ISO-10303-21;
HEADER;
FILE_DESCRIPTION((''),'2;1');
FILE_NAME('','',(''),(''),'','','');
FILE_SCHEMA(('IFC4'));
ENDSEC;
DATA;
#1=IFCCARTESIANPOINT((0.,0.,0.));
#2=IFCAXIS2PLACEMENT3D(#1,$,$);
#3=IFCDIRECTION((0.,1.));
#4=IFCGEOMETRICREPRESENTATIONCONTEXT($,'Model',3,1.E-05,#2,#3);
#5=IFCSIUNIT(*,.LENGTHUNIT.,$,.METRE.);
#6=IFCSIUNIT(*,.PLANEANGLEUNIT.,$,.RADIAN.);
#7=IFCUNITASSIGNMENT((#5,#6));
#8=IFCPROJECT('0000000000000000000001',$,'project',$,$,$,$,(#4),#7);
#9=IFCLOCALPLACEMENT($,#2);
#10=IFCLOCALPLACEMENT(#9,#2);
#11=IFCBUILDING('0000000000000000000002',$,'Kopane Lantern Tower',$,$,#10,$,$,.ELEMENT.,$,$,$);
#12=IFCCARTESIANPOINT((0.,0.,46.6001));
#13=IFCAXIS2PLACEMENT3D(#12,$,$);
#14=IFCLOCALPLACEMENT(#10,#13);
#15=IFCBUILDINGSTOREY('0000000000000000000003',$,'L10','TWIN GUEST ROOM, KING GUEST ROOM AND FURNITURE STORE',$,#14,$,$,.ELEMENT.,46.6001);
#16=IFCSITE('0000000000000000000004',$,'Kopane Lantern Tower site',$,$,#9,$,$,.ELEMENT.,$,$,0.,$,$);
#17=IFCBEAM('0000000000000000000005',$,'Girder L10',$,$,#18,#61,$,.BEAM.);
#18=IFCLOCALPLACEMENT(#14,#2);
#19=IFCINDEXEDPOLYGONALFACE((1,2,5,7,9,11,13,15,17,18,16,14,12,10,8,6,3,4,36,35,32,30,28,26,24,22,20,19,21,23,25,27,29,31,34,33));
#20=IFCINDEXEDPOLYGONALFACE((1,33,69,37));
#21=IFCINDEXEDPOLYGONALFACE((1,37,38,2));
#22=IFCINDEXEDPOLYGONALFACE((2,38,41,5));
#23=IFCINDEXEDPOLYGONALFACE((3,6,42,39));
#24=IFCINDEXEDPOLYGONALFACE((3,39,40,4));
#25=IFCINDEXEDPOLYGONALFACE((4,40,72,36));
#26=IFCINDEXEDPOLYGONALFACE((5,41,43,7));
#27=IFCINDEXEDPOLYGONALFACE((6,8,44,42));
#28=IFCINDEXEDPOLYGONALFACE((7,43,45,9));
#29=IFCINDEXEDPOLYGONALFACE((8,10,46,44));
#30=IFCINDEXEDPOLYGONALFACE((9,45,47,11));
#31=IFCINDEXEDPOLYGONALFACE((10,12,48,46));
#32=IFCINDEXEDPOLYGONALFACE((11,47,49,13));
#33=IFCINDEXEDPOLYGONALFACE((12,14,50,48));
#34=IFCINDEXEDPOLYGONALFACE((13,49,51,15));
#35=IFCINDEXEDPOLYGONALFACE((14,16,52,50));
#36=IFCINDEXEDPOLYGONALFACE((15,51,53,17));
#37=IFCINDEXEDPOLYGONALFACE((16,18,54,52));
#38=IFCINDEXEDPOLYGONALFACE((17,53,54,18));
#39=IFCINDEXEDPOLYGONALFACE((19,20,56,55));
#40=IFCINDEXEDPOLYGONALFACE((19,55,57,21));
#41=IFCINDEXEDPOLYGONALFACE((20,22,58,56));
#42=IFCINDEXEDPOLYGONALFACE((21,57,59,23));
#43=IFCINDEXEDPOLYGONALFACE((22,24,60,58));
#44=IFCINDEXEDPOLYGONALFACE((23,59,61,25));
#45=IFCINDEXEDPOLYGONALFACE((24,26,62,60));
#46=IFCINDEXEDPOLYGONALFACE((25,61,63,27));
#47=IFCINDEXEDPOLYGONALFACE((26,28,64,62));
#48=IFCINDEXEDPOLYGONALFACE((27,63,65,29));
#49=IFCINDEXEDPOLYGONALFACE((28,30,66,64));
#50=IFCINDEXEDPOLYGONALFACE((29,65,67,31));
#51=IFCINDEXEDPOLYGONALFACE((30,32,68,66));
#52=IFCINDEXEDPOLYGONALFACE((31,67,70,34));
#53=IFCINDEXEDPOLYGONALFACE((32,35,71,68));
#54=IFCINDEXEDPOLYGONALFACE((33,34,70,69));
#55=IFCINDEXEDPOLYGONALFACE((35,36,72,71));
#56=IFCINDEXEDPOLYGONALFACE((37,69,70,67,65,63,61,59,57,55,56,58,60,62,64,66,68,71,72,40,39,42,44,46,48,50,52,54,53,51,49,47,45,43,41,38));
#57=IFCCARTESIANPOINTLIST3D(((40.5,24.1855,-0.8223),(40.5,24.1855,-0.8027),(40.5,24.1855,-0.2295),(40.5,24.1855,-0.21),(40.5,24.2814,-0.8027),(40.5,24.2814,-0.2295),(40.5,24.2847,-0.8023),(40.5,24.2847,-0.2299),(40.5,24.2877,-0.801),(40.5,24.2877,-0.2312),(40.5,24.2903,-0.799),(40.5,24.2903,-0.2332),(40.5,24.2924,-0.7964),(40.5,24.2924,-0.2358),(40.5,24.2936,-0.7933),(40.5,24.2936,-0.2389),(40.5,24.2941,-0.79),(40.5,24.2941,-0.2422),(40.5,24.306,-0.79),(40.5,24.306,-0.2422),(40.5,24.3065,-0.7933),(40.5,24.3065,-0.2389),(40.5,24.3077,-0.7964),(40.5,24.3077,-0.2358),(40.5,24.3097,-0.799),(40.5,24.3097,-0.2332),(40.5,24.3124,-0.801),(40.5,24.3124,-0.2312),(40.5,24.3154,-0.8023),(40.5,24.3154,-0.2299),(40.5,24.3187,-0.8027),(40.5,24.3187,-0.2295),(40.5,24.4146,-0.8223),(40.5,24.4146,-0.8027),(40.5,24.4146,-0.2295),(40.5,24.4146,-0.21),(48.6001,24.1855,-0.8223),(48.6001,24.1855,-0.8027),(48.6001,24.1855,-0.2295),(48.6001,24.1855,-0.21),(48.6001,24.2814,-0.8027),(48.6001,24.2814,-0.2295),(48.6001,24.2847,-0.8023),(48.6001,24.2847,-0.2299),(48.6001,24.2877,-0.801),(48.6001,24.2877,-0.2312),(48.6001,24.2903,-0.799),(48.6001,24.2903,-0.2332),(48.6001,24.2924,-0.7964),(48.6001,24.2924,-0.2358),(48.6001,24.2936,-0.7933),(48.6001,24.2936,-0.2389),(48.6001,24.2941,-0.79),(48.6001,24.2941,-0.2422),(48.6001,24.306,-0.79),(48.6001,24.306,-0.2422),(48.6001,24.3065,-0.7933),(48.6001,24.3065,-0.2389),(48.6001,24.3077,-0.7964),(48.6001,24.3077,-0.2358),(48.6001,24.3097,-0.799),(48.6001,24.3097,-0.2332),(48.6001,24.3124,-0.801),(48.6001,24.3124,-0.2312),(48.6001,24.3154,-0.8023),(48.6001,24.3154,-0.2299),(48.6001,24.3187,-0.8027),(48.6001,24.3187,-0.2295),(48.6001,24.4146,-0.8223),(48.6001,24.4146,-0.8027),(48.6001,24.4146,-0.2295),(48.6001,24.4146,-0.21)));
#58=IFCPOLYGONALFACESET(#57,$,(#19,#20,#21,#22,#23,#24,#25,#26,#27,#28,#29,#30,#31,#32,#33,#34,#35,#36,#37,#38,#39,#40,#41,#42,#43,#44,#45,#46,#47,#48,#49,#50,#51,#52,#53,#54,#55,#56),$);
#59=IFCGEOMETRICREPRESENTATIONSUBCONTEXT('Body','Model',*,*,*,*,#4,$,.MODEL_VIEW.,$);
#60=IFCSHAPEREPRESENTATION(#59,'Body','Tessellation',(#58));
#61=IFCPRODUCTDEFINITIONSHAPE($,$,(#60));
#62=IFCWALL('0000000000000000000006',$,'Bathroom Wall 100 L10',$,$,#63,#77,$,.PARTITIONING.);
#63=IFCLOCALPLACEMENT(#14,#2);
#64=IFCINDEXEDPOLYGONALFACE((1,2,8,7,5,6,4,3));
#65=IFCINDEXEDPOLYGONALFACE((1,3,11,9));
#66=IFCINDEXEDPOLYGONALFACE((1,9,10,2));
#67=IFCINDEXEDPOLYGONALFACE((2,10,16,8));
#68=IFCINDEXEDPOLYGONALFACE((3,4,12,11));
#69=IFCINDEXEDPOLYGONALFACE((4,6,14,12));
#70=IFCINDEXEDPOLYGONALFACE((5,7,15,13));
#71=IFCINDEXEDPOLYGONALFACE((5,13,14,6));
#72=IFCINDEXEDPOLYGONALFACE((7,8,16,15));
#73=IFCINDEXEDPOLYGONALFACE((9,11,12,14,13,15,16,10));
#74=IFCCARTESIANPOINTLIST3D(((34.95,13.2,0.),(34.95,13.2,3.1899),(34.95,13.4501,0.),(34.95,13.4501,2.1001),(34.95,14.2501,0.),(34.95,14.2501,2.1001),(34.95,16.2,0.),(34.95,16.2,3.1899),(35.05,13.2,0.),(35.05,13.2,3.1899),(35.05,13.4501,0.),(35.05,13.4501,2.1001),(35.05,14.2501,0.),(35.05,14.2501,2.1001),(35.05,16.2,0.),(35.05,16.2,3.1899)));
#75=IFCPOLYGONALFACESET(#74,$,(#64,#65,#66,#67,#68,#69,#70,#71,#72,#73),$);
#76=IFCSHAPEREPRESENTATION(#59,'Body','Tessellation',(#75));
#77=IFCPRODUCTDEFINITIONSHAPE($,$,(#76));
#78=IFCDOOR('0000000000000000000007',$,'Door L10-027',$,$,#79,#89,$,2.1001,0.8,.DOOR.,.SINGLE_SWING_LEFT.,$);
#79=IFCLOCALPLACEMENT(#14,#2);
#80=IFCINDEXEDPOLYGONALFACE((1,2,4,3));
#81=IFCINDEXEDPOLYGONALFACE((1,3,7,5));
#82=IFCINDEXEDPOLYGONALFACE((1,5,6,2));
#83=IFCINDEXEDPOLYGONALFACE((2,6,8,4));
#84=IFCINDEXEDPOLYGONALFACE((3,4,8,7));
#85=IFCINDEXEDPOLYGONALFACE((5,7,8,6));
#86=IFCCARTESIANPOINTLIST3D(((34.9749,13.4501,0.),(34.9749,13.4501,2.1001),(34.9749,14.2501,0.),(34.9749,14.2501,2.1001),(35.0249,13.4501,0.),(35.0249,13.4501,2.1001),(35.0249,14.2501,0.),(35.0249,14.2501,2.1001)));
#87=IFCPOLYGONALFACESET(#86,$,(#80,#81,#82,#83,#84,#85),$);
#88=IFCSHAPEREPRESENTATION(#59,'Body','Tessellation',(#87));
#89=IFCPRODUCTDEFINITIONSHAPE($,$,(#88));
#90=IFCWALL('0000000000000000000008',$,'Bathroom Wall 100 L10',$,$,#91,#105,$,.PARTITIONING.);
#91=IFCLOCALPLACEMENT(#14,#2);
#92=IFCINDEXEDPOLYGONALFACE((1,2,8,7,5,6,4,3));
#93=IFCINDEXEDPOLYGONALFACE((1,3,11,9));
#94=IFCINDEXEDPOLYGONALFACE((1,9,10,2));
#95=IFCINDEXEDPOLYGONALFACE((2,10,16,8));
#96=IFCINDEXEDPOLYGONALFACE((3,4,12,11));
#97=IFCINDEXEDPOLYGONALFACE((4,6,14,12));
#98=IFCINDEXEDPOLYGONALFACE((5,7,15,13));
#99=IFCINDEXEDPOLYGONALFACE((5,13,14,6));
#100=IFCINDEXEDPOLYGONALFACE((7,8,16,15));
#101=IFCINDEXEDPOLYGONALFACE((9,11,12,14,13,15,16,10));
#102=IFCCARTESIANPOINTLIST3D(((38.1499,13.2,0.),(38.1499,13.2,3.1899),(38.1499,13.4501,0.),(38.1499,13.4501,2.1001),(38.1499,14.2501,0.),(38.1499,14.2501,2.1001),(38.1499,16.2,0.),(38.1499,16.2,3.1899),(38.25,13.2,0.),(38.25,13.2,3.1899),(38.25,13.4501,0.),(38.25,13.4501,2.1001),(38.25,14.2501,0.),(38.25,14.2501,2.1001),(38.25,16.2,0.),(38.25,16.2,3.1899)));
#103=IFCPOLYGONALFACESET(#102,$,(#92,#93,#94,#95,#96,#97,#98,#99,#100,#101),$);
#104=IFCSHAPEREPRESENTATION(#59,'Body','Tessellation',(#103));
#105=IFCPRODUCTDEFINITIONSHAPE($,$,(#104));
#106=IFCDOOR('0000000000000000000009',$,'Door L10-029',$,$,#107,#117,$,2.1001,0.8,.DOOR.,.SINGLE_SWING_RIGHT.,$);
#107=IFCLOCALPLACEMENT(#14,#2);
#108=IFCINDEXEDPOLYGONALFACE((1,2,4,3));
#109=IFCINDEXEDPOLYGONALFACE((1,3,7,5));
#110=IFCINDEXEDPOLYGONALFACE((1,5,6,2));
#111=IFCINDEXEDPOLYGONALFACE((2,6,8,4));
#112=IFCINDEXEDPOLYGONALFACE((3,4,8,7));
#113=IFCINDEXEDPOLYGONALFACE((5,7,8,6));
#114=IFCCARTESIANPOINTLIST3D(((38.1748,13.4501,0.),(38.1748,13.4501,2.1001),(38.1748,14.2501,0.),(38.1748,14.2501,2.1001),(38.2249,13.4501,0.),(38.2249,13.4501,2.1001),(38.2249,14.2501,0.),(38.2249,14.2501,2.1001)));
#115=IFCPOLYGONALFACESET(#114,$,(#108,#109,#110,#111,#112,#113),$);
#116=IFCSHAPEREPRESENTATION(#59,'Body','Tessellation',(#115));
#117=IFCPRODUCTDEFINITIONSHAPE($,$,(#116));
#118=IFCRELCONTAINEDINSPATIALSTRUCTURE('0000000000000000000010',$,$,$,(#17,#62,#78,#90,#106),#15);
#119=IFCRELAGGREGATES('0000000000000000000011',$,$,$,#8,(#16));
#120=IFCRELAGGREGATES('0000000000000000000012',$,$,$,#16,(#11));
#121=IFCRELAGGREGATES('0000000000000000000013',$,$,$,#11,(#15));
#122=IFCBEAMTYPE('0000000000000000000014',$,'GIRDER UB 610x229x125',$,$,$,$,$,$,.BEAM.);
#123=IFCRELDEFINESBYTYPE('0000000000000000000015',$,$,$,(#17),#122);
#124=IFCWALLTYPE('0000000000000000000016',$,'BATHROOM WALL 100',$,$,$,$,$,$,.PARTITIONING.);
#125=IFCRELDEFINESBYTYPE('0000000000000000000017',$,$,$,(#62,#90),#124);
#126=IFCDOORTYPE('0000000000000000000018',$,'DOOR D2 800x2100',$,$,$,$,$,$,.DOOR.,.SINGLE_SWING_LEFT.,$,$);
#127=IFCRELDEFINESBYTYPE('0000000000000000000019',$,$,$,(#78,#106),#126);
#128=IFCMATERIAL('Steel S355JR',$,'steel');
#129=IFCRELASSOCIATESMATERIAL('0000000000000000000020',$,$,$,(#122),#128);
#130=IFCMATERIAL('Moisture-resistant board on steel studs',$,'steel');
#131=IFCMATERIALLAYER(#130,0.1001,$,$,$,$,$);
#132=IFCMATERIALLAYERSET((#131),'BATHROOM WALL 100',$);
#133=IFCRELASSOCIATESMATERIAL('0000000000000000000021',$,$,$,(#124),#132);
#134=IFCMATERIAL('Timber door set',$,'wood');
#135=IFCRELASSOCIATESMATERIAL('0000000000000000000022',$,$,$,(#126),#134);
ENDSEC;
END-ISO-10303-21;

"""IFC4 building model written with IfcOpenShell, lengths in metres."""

from ifc_helpers import new_model, si_unit, direction, frame, frame_2d, origin, origin_2d, place, context, subcontext, project, spatial, rectangle, i_section, extrude, material, layer, layer_set, material_profile, profile_set, type_object, element, fill, save


model = new_model("IFC4")

# Units and contexts
model_context = context("Model", 3, precision=1e-05, world=origin(), true_north=direction((0.0, 1.0)))
body_context = subcontext(model_context, "Body", "Model", "MODEL_VIEW")
ifc_project = project(units=[si_unit("LENGTHUNIT", "METRE"), si_unit("PLANEANGLEUNIT", "RADIAN")], contexts=[model_context])

# Site, building, storey
site_placement = place(None, origin())
site = spatial("IfcSite", under=ifc_project, at=site_placement, Name="Kopane Lantern Tower site", CompositionType="ELEMENT", RefElevation=0.0)
building_placement = place(site_placement, origin())
building = spatial("IfcBuilding", under=site, at=building_placement, Name="Kopane Lantern Tower", CompositionType="ELEMENT")
storey_placement = place(building_placement, frame((0.0, 0.0, 46.6001)))
storey = spatial("IfcBuildingStorey", under=building, at=storey_placement, Name="L10", Description="TWIN GUEST ROOM, KING GUEST ROOM AND FURNITURE STORE", CompositionType="ELEMENT", Elevation=46.6001)

# Beam
ifc_material_1 = material(Name="Steel S355JR", Category="steel")
ifc_material_profile_1 = material_profile(ifc_material_1, i_section(OverallWidth=0.229, OverallDepth=0.6123, WebThickness=0.012, FlangeThickness=0.0195, FilletRadius=0.0127, at=origin_2d()), Name="UB 610x229x125")
ifc_profile_set_1 = profile_set([ifc_material_profile_1], Name="Steel S355JR")
beam_type_1 = type_object("IfcBeamType", Name="GIRDER UB 610x229x125", PredefinedType="BEAM", material=ifc_profile_set_1)
beam_1_placement = place(storey_placement, frame((40.5, 24.3, -0.5161), z_axis=(1.0, 0.0, 0.0), x_axis=(0.0, 1.0, 0.0)))
element("IfcBeam", 1, at=beam_1_placement, inside=storey, type_object=beam_type_1, Name="Girder L10", PredefinedType="BEAM", context=body_context, shape_type="SweptSolid", body=[
    extrude(i_section(OverallWidth=0.229, OverallDepth=0.6123, WebThickness=0.012, FlangeThickness=0.0195, FilletRadius=0.0127, at=origin_2d()), origin(), (0.0, 0.0, 1.0), 8.1001),
])

# Walls, openings, doors
ifc_material_2 = material(Name="Moisture-resistant board on steel studs", Category="steel")
ifc_layer_1 = layer(ifc_material_2, 0.1001)
ifc_layer_set_1 = layer_set([ifc_layer_1], Name="BATHROOM WALL 100")
wall_type_1 = type_object("IfcWallType", Name="BATHROOM WALL 100", PredefinedType="PARTITIONING", material=ifc_layer_set_1)
wall_1_placement = place(storey_placement, frame((35.0, 16.2, 0.0), z_axis=(0.0, 0.0, 1.0), x_axis=(0.0, -1.0, 0.0)))
wall_1 = element("IfcWall", 2, at=wall_1_placement, inside=storey, type_object=wall_type_1, Name="Bathroom Wall 100 L10", PredefinedType="PARTITIONING", context=body_context, shape_type="SweptSolid", body=[
    extrude(rectangle(XDim=3.0, YDim=0.1001, at=frame_2d((1.5, 0.0))), origin(), (0.0, 0.0, 1.0), 3.1899),
])
opening_1_placement = place(wall_1_placement, frame((1.95, 0.0, 0.0)))
opening_1 = element("IfcOpeningElement", 3, at=opening_1_placement, cuts=wall_1, PredefinedType="OPENING", context=body_context, shape_type="SweptSolid", body=[
    extrude(rectangle(XDim=0.8, YDim=2.1001, at=frame_2d((0.3999, 1.05))), frame((0.0, 0.0601, 0.0), z_axis=(0.0, -1.0, 0.0), x_axis=(1.0, 0.0, 0.0)), (0.0, 0.0, 1.0), 0.1201),
])
ifc_material_3 = material(Name="Timber door set", Category="wood")
door_type_1 = type_object("IfcDoorType", Name="DOOR D2 800x2100", OperationType="SINGLE_SWING_LEFT", PredefinedType="DOOR", material=ifc_material_3)
door_1_placement = place(opening_1_placement, origin())
door_1 = element("IfcDoor", 4, at=door_1_placement, inside=storey, type_object=door_type_1, Name="Door L10-027", OperationType="SINGLE_SWING_LEFT", OverallHeight=2.1001, OverallWidth=0.8, PredefinedType="DOOR", context=body_context, shape_type="SweptSolid", body=[
    extrude(rectangle(XDim=0.8, YDim=2.1001, at=frame_2d((0.3999, 1.05))), frame((0.0, 0.0249, 0.0), z_axis=(0.0, -1.0, 0.0), x_axis=(1.0, 0.0, 0.0)), (0.0, 0.0, 1.0), 0.05),
])
fill(opening_1, door_1)
wall_2_placement = place(storey_placement, frame((38.2, 16.2, 0.0), z_axis=(0.0, 0.0, 1.0), x_axis=(0.0, -1.0, 0.0)))
wall_2 = element("IfcWall", 5, at=wall_2_placement, inside=storey, type_object=wall_type_1, Name="Bathroom Wall 100 L10", PredefinedType="PARTITIONING", context=body_context, shape_type="SweptSolid", body=[
    extrude(rectangle(XDim=3.0, YDim=0.1001, at=frame_2d((1.5, 0.0))), origin(), (0.0, 0.0, 1.0), 3.1899),
])
opening_2_placement = place(wall_2_placement, frame((1.95, 0.0, 0.0)))
opening_2 = element("IfcOpeningElement", 6, at=opening_2_placement, cuts=wall_2, PredefinedType="OPENING", context=body_context, shape_type="SweptSolid", body=[
    extrude(rectangle(XDim=0.8, YDim=2.1001, at=frame_2d((0.3999, 1.05))), frame((0.0, 0.0601, 0.0), z_axis=(0.0, -1.0, 0.0), x_axis=(1.0, 0.0, 0.0)), (0.0, 0.0, 1.0), 0.1201),
])
door_2_placement = place(opening_2_placement, origin())
door_2 = element("IfcDoor", 7, at=door_2_placement, inside=storey, type_object=door_type_1, Name="Door L10-029", OperationType="SINGLE_SWING_RIGHT", OverallHeight=2.1001, OverallWidth=0.8, PredefinedType="DOOR", context=body_context, shape_type="SweptSolid", body=[
    extrude(rectangle(XDim=0.8, YDim=2.1001, at=frame_2d((0.3999, 1.05))), frame((0.0, 0.0249, 0.0), z_axis=(0.0, -1.0, 0.0), x_axis=(1.0, 0.0, 0.0)), (0.0, 0.0, 1.0), 0.05),
])
fill(opening_2, door_2)

save(model, "model.ifc")
